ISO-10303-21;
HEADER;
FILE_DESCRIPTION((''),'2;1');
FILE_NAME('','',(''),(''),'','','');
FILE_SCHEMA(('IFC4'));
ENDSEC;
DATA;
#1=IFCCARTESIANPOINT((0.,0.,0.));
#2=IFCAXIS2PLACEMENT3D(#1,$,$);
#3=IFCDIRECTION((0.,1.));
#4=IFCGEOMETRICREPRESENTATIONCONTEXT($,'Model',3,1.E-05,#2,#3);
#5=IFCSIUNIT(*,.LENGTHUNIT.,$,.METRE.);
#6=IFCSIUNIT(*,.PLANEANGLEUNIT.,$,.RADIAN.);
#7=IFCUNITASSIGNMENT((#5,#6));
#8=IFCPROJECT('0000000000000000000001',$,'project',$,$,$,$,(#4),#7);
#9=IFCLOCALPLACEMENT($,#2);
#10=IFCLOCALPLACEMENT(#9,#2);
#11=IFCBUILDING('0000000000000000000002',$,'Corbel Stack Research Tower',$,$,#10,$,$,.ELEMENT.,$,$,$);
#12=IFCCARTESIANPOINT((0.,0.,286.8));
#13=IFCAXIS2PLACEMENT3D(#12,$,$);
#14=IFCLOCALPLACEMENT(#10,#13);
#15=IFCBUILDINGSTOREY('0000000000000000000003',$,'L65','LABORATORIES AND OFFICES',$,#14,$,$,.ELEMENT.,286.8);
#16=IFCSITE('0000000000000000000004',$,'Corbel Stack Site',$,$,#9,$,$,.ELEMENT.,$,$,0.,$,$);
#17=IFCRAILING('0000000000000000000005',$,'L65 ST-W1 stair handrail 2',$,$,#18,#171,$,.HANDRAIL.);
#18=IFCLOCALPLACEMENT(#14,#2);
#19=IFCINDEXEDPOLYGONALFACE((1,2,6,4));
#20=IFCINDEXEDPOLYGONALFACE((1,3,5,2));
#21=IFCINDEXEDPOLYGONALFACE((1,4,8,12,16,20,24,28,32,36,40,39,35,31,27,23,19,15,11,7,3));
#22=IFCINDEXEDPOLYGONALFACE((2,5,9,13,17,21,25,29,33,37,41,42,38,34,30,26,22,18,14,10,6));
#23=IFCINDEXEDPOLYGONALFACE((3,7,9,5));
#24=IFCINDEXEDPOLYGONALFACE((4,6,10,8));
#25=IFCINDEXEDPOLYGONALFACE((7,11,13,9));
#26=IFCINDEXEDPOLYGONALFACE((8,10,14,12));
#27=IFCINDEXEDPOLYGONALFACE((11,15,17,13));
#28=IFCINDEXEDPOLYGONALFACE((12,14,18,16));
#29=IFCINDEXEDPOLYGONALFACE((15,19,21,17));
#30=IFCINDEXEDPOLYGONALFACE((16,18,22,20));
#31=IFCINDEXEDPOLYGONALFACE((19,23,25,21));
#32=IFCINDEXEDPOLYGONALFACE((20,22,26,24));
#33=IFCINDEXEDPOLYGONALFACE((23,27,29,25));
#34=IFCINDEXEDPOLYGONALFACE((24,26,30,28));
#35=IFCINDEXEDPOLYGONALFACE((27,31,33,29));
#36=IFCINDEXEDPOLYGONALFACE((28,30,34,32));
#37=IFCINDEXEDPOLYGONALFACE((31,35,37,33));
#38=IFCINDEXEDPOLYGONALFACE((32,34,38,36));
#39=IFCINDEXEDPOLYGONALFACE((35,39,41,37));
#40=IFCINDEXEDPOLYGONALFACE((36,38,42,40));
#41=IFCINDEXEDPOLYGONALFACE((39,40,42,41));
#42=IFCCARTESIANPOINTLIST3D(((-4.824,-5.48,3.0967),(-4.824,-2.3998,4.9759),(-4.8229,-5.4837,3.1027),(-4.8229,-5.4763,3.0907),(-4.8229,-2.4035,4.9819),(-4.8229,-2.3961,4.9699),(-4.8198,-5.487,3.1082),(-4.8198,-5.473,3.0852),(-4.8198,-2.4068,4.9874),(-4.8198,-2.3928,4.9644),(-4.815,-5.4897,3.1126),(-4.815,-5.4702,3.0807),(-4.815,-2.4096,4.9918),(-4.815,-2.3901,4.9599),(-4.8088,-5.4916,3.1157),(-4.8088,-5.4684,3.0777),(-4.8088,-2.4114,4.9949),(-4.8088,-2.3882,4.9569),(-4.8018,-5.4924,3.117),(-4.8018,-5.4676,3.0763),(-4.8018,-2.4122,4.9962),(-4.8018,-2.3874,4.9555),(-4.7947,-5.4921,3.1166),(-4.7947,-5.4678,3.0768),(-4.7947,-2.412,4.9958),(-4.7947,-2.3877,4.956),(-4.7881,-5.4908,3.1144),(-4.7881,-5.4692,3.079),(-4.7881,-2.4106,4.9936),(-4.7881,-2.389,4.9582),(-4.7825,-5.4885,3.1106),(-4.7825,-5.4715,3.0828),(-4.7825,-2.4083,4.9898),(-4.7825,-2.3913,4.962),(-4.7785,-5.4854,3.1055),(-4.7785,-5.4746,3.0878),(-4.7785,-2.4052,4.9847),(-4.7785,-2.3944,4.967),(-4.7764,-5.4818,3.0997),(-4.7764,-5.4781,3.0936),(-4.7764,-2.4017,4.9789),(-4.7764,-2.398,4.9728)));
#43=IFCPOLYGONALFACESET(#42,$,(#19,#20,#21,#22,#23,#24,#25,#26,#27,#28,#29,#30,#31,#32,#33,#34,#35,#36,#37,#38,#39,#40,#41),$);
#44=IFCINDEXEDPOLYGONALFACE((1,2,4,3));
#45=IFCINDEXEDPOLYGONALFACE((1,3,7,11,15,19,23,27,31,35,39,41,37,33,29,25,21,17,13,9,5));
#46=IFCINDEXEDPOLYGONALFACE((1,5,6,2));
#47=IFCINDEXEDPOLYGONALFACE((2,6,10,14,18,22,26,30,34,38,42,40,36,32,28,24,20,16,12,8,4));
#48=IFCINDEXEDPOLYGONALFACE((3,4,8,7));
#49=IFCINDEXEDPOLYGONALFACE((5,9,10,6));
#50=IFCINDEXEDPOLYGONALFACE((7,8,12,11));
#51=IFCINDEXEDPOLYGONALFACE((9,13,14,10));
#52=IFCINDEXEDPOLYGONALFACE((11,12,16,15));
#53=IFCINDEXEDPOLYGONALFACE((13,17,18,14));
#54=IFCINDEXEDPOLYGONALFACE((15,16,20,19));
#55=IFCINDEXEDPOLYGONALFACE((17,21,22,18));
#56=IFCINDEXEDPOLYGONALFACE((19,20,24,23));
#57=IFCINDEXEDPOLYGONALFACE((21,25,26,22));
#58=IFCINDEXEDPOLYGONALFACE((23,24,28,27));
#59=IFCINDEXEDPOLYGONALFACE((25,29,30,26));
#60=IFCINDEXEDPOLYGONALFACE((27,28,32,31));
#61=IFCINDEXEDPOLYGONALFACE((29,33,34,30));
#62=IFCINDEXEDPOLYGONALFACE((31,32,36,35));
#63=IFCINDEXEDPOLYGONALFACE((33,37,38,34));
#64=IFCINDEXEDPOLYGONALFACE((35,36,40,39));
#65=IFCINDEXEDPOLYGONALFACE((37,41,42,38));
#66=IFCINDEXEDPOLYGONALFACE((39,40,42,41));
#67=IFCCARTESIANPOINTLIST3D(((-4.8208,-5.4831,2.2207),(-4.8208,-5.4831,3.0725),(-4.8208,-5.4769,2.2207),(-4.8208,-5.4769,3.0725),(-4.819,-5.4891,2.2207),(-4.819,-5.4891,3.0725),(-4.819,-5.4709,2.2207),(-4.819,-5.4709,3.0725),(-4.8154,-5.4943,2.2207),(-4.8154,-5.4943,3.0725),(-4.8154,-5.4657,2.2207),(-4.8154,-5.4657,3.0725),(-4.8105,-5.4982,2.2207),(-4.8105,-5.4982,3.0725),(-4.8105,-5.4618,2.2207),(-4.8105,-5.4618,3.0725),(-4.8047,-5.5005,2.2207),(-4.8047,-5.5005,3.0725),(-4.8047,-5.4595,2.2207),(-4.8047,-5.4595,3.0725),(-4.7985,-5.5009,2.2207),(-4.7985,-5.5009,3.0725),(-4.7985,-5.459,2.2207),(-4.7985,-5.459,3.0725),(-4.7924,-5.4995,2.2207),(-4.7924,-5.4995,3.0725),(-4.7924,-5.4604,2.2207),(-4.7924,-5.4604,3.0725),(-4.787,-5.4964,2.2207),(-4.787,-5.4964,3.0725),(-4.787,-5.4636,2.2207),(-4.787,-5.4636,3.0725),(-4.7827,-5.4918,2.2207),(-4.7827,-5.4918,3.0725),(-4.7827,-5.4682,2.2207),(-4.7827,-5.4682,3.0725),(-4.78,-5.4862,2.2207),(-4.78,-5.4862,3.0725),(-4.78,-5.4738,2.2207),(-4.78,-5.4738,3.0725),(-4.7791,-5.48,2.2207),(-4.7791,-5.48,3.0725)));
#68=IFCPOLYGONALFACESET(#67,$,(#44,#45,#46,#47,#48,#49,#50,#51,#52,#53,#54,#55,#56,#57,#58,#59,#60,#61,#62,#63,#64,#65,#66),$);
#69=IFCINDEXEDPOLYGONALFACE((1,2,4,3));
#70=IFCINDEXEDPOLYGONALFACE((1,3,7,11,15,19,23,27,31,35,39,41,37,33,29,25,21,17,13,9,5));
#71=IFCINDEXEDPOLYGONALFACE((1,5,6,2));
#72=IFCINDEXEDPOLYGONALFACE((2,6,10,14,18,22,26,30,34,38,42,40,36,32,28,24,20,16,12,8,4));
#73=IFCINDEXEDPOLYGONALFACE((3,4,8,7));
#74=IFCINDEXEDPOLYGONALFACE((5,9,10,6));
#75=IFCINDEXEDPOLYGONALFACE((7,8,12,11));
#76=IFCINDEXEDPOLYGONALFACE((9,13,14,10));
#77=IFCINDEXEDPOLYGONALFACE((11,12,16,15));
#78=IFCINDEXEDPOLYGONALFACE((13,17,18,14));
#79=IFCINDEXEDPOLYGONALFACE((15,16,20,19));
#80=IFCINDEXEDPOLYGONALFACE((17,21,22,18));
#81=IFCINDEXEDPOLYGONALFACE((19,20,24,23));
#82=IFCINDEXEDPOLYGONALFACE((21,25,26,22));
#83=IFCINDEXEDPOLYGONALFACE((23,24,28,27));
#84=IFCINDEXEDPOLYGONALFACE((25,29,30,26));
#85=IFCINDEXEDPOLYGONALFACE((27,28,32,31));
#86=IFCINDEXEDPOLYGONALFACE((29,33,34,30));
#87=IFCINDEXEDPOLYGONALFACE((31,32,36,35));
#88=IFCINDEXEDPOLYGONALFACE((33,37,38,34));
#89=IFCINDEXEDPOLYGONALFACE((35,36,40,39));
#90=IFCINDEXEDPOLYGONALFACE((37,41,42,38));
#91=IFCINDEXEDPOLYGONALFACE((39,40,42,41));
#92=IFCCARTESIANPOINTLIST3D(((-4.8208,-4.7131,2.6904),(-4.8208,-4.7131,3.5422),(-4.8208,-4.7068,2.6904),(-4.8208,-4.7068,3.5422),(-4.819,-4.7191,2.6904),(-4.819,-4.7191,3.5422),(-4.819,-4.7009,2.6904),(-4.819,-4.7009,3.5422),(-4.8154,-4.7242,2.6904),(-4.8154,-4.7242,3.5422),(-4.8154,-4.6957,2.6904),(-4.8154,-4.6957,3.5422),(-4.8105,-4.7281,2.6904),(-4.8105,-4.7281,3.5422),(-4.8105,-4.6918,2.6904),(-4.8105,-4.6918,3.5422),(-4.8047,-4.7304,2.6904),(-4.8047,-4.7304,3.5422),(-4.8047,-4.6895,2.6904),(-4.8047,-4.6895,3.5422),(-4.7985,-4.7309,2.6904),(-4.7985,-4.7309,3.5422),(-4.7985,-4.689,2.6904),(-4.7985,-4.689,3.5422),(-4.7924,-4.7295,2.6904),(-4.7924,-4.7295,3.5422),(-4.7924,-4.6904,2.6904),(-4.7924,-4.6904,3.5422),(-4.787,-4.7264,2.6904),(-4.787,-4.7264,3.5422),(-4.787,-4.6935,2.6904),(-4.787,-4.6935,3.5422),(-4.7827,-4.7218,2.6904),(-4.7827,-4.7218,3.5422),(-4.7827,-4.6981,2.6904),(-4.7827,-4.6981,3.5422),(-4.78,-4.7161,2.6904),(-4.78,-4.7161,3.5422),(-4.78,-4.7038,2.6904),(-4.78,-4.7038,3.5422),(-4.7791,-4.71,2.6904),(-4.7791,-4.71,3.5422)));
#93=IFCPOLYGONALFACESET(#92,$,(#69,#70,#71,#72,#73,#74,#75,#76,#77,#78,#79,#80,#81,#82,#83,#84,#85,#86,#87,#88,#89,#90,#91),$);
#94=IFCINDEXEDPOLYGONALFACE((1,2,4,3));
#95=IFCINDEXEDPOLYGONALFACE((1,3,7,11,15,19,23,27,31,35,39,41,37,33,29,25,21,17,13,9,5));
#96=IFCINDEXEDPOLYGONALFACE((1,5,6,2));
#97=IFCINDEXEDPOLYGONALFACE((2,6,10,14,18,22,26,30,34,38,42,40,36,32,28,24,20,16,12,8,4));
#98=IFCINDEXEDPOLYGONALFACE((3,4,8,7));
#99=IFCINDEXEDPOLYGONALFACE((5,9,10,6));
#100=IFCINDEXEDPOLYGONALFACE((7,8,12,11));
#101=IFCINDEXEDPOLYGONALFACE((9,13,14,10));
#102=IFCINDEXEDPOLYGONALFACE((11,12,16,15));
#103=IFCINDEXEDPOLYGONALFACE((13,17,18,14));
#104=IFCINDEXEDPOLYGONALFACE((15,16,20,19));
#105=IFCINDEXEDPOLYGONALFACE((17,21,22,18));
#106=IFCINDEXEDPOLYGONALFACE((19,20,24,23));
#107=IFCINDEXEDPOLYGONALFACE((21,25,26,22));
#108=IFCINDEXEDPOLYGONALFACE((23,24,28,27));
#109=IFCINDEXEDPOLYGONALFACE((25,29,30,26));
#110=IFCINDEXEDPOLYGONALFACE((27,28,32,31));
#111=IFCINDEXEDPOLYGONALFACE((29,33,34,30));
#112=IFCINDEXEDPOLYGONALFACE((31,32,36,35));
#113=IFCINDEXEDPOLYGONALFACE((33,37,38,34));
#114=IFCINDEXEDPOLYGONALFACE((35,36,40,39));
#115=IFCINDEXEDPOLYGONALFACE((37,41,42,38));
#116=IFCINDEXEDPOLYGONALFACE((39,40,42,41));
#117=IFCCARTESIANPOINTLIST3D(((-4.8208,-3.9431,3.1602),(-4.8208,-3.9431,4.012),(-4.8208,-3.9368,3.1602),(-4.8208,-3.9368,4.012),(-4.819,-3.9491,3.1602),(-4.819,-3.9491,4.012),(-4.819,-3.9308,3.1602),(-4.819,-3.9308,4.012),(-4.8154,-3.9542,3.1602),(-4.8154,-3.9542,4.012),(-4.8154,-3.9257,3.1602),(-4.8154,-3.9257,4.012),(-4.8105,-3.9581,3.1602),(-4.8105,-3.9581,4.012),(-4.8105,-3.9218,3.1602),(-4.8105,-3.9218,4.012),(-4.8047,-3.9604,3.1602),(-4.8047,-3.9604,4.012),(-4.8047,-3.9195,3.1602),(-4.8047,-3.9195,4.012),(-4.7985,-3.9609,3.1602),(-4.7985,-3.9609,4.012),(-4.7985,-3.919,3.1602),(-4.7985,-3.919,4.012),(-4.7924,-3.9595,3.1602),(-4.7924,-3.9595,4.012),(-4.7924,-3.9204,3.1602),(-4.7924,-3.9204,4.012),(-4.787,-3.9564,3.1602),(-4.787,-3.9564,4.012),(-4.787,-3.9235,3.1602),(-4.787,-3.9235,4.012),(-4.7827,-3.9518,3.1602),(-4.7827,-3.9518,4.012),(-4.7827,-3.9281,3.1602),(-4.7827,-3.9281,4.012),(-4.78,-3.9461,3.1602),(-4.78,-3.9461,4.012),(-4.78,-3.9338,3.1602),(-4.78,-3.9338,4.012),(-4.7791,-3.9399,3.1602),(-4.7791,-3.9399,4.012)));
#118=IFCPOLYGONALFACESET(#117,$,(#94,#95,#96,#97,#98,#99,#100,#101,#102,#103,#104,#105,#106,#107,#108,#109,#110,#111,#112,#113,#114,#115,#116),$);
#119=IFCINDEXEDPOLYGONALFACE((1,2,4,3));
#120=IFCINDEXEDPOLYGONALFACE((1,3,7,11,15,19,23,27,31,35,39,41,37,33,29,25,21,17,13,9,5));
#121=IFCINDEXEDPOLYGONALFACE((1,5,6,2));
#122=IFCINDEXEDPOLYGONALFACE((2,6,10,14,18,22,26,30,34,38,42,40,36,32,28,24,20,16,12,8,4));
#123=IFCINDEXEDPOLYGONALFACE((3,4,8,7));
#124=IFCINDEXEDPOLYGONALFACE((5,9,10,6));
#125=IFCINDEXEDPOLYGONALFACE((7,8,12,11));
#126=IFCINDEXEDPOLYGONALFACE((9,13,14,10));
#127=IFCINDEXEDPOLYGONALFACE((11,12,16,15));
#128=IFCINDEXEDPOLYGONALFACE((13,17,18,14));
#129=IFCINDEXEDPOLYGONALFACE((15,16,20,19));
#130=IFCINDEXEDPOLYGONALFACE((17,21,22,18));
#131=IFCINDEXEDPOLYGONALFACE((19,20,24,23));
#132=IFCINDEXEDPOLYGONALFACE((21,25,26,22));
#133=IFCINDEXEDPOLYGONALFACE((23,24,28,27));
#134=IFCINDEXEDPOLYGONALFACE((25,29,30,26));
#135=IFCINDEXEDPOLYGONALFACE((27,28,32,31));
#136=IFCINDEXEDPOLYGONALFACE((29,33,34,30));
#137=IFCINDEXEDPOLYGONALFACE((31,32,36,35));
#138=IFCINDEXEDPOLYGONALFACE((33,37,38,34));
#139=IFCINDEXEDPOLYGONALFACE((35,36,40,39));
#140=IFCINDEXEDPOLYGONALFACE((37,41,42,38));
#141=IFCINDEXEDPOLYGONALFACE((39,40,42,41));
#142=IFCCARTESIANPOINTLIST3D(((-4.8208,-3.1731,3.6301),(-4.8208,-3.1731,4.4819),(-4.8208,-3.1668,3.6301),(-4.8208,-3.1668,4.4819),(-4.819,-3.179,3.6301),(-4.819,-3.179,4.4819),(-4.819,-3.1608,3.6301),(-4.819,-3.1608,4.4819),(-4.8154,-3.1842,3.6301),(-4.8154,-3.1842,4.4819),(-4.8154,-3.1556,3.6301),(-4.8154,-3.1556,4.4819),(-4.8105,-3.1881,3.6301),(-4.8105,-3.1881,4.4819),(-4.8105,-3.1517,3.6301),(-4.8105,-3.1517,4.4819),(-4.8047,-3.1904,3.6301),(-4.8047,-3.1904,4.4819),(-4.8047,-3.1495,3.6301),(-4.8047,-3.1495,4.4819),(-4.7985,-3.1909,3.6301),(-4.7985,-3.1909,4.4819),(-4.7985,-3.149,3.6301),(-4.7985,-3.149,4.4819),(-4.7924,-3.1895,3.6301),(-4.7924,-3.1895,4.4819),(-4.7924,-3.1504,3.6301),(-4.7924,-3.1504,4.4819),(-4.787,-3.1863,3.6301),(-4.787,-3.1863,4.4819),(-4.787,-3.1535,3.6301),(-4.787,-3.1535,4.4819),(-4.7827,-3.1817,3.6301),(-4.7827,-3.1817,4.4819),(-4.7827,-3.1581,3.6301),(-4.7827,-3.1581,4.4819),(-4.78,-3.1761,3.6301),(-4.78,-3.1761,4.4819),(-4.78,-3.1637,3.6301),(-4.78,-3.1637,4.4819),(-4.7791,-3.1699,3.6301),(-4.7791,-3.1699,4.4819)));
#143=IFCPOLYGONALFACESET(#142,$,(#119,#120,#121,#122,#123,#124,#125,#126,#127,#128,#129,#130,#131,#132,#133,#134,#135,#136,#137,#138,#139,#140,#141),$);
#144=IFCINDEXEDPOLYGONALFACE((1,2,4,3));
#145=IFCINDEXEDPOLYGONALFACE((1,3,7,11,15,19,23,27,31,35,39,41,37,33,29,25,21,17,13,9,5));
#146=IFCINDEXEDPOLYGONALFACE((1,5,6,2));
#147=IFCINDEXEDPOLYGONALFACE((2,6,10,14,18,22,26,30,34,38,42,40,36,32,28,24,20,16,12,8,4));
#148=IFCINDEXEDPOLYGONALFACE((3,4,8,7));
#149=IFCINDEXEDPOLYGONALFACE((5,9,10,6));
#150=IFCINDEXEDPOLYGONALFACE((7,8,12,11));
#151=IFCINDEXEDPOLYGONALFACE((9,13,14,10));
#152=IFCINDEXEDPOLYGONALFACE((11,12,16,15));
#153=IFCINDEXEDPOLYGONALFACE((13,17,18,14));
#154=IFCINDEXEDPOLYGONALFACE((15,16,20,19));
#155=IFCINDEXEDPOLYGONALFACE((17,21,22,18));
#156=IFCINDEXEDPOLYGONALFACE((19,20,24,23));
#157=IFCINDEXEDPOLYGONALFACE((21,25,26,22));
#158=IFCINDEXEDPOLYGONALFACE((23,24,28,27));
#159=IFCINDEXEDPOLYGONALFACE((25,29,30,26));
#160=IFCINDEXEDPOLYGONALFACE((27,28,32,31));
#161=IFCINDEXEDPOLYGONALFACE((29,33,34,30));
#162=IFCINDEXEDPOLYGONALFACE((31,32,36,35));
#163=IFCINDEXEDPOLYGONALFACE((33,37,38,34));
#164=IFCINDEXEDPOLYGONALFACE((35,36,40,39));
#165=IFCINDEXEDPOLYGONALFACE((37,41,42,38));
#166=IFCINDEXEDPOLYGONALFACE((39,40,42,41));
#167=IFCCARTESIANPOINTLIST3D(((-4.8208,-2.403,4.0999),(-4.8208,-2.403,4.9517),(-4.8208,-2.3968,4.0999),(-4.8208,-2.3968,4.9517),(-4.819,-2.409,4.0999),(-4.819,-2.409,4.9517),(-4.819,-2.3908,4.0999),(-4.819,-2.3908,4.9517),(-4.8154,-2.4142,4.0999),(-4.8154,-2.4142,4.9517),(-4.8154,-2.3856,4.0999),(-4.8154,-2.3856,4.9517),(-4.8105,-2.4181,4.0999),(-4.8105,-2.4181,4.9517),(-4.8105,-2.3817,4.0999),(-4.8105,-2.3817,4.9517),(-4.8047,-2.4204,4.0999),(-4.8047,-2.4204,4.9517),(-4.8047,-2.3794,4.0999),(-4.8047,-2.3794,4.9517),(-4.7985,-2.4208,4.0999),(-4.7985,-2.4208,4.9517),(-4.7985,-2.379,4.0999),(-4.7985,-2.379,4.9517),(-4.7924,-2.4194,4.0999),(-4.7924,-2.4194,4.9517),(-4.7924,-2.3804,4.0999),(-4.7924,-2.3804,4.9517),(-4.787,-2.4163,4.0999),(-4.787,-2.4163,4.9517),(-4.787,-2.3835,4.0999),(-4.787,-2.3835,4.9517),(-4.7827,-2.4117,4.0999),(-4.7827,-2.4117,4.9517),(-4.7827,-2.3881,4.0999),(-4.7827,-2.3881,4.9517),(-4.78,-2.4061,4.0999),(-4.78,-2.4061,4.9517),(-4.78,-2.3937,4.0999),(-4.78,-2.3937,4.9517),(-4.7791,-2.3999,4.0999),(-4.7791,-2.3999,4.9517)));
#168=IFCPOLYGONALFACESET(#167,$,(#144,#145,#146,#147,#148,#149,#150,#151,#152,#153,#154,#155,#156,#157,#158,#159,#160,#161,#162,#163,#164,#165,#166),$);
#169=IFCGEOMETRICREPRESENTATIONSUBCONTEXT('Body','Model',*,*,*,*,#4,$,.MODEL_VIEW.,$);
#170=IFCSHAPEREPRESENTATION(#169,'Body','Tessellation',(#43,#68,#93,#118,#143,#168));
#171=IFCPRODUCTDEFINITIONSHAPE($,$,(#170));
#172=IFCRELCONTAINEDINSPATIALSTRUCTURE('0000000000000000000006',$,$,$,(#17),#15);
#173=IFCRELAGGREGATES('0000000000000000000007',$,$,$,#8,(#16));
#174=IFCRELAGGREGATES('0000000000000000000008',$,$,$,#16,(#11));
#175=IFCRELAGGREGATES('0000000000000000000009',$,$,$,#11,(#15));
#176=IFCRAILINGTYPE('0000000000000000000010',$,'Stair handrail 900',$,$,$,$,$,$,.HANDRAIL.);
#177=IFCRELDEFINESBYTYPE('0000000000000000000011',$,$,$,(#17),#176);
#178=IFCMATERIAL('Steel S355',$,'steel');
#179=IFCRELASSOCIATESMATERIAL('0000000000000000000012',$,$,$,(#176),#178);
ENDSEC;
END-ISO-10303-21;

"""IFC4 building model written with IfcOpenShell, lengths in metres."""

from ifc_helpers import new_model, si_unit, direction, frame, origin, origin_2d, place, context, subcontext, project, spatial, circle, extrude, material, type_object, element, save


model = new_model("IFC4")

# Units and contexts
model_context = context("Model", 3, precision=1e-05, world=origin(), true_north=direction((0.0, 1.0)))
body_context = subcontext(model_context, "Body", "Model", "MODEL_VIEW")
ifc_project = project(units=[si_unit("LENGTHUNIT", "METRE"), si_unit("PLANEANGLEUNIT", "RADIAN")], contexts=[model_context])

# Site, building, storey
site_placement = place(None, origin())
site = spatial("IfcSite", under=ifc_project, at=site_placement, Name="Corbel Stack Site", CompositionType="ELEMENT", RefElevation=0.0)
building_placement = place(site_placement, origin())
building = spatial("IfcBuilding", under=site, at=building_placement, Name="Corbel Stack Research Tower", CompositionType="ELEMENT")
storey_placement = place(building_placement, frame((0.0, 0.0, 286.8)))
storey = spatial("IfcBuildingStorey", under=building, at=storey_placement, Name="L65", Description="LABORATORIES AND OFFICES", CompositionType="ELEMENT", Elevation=286.8)

# Railing
ifc_material_1 = material(Name="Steel S355", Category="steel")
railing_type_1 = type_object("IfcRailingType", Name="Stair handrail 900", PredefinedType="HANDRAIL", material=ifc_material_1)
railing_1_placement = place(storey_placement, frame((-4.8, -5.48, 2.2207)))
element("IfcRailing", 1, at=railing_1_placement, inside=storey, type_object=railing_type_1, Name="L65 ST-W1 stair handrail 2", PredefinedType="HANDRAIL", context=body_context, shape_type="SweptSolid", body=[
    extrude(circle(Radius=0.0239, at=origin_2d()), frame((0.0, 0.0, 0.876), z_axis=(0.0, 0.853666, 0.52082), x_axis=(-1.0, 0.0, 0.0)), (0.0, 0.0, 1.0), 3.6082),
    extrude(circle(Radius=0.021, at=origin_2d()), origin(), (0.0, 0.0, 1.0), 0.8518),
    extrude(circle(Radius=0.021, at=origin_2d()), frame((0.0, 0.77, 0.4697)), (0.0, 0.0, 1.0), 0.8518),
    extrude(circle(Radius=0.021, at=origin_2d()), frame((0.0, 1.54, 0.9395)), (0.0, 0.0, 1.0), 0.8518),
    extrude(circle(Radius=0.021, at=origin_2d()), frame((0.0, 2.3101, 1.4094)), (0.0, 0.0, 1.0), 0.8518),
    extrude(circle(Radius=0.021, at=origin_2d()), frame((0.0, 3.0801, 1.8792)), (0.0, 0.0, 1.0), 0.8518),
])

save(model, "model.ifc")
